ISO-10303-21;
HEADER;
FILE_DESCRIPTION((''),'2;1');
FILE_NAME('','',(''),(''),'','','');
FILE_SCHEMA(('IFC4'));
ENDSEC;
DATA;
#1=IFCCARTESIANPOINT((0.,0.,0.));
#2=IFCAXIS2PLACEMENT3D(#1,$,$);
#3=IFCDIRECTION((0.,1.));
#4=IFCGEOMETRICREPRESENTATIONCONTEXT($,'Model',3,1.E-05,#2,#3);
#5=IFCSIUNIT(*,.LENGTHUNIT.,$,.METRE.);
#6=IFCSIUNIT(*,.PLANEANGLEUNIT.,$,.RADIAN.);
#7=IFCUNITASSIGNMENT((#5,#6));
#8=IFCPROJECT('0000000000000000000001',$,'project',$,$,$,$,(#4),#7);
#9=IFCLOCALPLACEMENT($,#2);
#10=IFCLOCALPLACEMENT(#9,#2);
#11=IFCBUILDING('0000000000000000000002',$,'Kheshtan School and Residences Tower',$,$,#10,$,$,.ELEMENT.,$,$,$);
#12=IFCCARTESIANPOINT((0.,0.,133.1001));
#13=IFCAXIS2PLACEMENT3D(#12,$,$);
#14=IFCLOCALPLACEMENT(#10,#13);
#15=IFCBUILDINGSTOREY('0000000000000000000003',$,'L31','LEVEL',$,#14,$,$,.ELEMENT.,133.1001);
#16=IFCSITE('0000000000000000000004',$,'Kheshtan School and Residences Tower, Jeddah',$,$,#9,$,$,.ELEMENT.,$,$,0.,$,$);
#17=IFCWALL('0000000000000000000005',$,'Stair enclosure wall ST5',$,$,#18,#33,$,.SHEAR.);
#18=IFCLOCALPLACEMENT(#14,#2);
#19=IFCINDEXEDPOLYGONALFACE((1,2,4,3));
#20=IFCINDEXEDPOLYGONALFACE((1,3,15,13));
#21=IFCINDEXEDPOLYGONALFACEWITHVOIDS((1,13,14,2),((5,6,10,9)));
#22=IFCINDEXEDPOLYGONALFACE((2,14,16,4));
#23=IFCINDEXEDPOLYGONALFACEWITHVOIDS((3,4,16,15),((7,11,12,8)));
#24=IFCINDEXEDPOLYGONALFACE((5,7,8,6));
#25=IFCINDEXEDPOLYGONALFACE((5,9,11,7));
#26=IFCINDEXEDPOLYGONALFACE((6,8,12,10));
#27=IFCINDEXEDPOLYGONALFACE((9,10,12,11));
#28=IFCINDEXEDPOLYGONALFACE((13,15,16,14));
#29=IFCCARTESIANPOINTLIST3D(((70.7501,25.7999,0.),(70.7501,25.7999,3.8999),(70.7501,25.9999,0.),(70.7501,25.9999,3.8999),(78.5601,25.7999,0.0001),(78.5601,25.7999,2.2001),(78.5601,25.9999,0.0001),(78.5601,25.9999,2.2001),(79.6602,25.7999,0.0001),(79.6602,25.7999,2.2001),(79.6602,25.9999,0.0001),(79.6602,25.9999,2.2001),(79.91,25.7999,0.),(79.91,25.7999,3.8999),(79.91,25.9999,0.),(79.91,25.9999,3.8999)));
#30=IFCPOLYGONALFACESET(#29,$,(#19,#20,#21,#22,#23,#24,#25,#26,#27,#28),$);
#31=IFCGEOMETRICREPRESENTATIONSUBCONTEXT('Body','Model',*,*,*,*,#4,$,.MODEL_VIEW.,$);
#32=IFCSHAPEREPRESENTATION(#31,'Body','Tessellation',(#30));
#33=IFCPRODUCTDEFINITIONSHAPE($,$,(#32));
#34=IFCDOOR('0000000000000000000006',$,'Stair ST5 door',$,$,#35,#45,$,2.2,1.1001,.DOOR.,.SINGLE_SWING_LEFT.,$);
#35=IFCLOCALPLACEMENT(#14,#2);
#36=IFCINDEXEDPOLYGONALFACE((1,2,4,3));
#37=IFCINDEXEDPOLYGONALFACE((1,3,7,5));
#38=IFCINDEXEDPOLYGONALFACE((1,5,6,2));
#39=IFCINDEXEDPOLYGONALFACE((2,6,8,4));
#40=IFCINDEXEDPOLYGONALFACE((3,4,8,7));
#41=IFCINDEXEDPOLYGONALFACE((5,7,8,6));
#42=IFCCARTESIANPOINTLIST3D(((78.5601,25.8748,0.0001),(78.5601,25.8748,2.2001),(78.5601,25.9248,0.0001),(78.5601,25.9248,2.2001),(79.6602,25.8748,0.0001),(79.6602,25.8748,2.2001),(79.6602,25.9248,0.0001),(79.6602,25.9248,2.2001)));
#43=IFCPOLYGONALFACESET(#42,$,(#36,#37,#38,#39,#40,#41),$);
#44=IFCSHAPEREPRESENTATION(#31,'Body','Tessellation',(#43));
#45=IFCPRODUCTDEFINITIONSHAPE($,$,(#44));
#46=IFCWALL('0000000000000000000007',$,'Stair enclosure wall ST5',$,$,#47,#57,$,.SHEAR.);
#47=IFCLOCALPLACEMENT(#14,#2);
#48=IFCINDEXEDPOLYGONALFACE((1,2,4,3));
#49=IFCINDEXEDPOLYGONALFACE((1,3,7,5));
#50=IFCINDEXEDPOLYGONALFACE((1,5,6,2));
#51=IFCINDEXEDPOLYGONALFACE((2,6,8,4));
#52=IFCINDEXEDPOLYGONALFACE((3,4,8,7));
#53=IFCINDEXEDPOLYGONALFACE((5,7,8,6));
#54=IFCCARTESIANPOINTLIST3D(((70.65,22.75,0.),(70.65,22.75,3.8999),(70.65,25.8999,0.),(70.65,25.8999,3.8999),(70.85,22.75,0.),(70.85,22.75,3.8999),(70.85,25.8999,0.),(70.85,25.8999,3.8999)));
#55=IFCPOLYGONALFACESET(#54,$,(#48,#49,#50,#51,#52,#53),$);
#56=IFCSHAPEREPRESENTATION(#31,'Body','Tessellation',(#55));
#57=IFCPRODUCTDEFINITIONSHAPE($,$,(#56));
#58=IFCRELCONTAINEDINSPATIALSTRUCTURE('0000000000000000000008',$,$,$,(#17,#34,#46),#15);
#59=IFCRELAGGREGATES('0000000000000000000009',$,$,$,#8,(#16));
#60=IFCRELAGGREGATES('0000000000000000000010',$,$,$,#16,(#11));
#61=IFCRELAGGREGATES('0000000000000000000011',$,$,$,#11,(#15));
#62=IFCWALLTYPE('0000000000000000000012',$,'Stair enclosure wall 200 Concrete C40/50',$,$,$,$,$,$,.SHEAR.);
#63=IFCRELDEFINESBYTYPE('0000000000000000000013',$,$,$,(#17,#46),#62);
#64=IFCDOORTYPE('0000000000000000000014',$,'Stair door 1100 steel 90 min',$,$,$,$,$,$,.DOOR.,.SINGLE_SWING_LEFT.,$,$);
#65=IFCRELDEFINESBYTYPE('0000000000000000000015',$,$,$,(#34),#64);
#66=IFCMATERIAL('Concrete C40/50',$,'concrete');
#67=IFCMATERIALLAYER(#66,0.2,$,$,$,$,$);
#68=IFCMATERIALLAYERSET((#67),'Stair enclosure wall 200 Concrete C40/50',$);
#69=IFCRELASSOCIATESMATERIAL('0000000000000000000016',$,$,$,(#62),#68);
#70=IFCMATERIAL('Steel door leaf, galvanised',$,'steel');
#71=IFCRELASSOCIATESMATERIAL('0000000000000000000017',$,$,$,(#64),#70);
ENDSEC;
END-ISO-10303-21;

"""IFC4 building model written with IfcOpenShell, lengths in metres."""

from ifc_helpers import new_model, si_unit, direction, frame, frame_2d, origin, place, context, subcontext, project, spatial, rectangle, extrude, source, transform, mapped, material, layer, layer_set, type_object, element, fill, save


model = new_model("IFC4")

# Units and contexts
model_context = context("Model", 3, precision=1e-05, world=origin(), true_north=direction((0.0, 1.0)))
body_context = subcontext(model_context, "Body", "Model", "MODEL_VIEW")
ifc_project = project(units=[si_unit("LENGTHUNIT", "METRE"), si_unit("PLANEANGLEUNIT", "RADIAN")], contexts=[model_context])

# Site, building, storey
site_placement = place(None, origin())
site = spatial("IfcSite", under=ifc_project, at=site_placement, Name="Kheshtan School and Residences Tower, Jeddah", CompositionType="ELEMENT", RefElevation=0.0)
building_placement = place(site_placement, origin())
building = spatial("IfcBuilding", under=site, at=building_placement, Name="Kheshtan School and Residences Tower", CompositionType="ELEMENT")
storey_placement = place(building_placement, frame((0.0, 0.0, 133.1001)))
storey = spatial("IfcBuildingStorey", under=building, at=storey_placement, Name="L31", Description="LEVEL", CompositionType="ELEMENT", Elevation=133.1001)

# Shared definitions
ifc_material_1 = material(Name="Steel door leaf, galvanised", Category="steel")

# Shared definitions
ifc_material_2 = material(Name="Concrete C40/50", Category="concrete")
ifc_layer_1 = layer(ifc_material_2, 0.2)
ifc_layer_set_1 = layer_set([ifc_layer_1], Name="Stair enclosure wall 200 Concrete C40/50")
wall_type_1 = type_object("IfcWallType", Name="Stair enclosure wall 200 Concrete C40/50", PredefinedType="SHEAR", material=ifc_layer_set_1)

# Wall, opening, door
wall_1_placement = place(storey_placement, frame((70.75, 25.8999, 0.0), z_axis=(0.0, 0.0, 1.0), x_axis=(1.0, 0.0, 0.0)))
wall_1 = element("IfcWall", 1, at=wall_1_placement, inside=storey, type_object=wall_type_1, Name="Stair enclosure wall ST5", PredefinedType="SHEAR", context=body_context, shape_type="SweptSolid", body=[
    extrude(rectangle(XDim=9.1599, YDim=0.2, at=frame_2d((4.5801, 0.0))), origin(), (0.0, 0.0, 1.0), 3.8999),
])
opening_1_placement = place(wall_1_placement, frame((7.8101, 0.0, 0.0)))
opening_1 = element("IfcOpeningElement", 2, at=opening_1_placement, cuts=wall_1, PredefinedType="OPENING", context=body_context, shape_type="SweptSolid", body=[
    extrude(rectangle(XDim=1.1001, YDim=2.2, at=frame_2d((0.55, 1.1001))), frame((0.0, 0.1099, 0.0), z_axis=(0.0, -1.0, 0.0), x_axis=(1.0, 0.0, 0.0)), (0.0, 0.0, 1.0), 0.22),
])
door_type_1 = type_object("IfcDoorType", Name="Stair door 1100 steel 90 min", OperationType="SINGLE_SWING_LEFT", PredefinedType="DOOR", material=ifc_material_1)
shared_shape_1 = source(origin(), body_context, "Body", "SweptSolid", [
    extrude(rectangle(XDim=1.1001, YDim=2.2, at=frame_2d((0.55, 1.1001))), frame((0.0, 0.0249, 0.0), z_axis=(0.0, -1.0, 0.0), x_axis=(1.0, 0.0, 0.0)), (0.0, 0.0, 1.0), 0.05),
])
door_1_placement = place(opening_1_placement, origin())
door_1 = element("IfcDoor", 3, at=door_1_placement, inside=storey, type_object=door_type_1, Name="Stair ST5 door", OperationType="SINGLE_SWING_LEFT", OverallHeight=2.2, OverallWidth=1.1001, PredefinedType="DOOR", context=body_context, shape_type="MappedRepresentation", body=[
    mapped(shared_shape_1, transform((0.0, 0.0, 0.0), x_axis=(1.0, 0.0, 0.0), y_axis=(0.0, 1.0, 0.0), z_axis=(0.0, 0.0, 1.0), scale=1.0)),
])
fill(opening_1, door_1)

# Wall
wall_2_placement = place(storey_placement, frame((70.75, 22.75, 0.0), z_axis=(0.0, 0.0, 1.0), x_axis=(0.0, 1.0, 0.0)))
element("IfcWall", 4, at=wall_2_placement, inside=storey, type_object=wall_type_1, Name="Stair enclosure wall ST5", PredefinedType="SHEAR", context=body_context, shape_type="SweptSolid", body=[
    extrude(rectangle(XDim=3.1499, YDim=0.2, at=frame_2d((1.575, 0.0))), origin(), (0.0, 0.0, 1.0), 3.8999),
])

save(model, "model.ifc")
